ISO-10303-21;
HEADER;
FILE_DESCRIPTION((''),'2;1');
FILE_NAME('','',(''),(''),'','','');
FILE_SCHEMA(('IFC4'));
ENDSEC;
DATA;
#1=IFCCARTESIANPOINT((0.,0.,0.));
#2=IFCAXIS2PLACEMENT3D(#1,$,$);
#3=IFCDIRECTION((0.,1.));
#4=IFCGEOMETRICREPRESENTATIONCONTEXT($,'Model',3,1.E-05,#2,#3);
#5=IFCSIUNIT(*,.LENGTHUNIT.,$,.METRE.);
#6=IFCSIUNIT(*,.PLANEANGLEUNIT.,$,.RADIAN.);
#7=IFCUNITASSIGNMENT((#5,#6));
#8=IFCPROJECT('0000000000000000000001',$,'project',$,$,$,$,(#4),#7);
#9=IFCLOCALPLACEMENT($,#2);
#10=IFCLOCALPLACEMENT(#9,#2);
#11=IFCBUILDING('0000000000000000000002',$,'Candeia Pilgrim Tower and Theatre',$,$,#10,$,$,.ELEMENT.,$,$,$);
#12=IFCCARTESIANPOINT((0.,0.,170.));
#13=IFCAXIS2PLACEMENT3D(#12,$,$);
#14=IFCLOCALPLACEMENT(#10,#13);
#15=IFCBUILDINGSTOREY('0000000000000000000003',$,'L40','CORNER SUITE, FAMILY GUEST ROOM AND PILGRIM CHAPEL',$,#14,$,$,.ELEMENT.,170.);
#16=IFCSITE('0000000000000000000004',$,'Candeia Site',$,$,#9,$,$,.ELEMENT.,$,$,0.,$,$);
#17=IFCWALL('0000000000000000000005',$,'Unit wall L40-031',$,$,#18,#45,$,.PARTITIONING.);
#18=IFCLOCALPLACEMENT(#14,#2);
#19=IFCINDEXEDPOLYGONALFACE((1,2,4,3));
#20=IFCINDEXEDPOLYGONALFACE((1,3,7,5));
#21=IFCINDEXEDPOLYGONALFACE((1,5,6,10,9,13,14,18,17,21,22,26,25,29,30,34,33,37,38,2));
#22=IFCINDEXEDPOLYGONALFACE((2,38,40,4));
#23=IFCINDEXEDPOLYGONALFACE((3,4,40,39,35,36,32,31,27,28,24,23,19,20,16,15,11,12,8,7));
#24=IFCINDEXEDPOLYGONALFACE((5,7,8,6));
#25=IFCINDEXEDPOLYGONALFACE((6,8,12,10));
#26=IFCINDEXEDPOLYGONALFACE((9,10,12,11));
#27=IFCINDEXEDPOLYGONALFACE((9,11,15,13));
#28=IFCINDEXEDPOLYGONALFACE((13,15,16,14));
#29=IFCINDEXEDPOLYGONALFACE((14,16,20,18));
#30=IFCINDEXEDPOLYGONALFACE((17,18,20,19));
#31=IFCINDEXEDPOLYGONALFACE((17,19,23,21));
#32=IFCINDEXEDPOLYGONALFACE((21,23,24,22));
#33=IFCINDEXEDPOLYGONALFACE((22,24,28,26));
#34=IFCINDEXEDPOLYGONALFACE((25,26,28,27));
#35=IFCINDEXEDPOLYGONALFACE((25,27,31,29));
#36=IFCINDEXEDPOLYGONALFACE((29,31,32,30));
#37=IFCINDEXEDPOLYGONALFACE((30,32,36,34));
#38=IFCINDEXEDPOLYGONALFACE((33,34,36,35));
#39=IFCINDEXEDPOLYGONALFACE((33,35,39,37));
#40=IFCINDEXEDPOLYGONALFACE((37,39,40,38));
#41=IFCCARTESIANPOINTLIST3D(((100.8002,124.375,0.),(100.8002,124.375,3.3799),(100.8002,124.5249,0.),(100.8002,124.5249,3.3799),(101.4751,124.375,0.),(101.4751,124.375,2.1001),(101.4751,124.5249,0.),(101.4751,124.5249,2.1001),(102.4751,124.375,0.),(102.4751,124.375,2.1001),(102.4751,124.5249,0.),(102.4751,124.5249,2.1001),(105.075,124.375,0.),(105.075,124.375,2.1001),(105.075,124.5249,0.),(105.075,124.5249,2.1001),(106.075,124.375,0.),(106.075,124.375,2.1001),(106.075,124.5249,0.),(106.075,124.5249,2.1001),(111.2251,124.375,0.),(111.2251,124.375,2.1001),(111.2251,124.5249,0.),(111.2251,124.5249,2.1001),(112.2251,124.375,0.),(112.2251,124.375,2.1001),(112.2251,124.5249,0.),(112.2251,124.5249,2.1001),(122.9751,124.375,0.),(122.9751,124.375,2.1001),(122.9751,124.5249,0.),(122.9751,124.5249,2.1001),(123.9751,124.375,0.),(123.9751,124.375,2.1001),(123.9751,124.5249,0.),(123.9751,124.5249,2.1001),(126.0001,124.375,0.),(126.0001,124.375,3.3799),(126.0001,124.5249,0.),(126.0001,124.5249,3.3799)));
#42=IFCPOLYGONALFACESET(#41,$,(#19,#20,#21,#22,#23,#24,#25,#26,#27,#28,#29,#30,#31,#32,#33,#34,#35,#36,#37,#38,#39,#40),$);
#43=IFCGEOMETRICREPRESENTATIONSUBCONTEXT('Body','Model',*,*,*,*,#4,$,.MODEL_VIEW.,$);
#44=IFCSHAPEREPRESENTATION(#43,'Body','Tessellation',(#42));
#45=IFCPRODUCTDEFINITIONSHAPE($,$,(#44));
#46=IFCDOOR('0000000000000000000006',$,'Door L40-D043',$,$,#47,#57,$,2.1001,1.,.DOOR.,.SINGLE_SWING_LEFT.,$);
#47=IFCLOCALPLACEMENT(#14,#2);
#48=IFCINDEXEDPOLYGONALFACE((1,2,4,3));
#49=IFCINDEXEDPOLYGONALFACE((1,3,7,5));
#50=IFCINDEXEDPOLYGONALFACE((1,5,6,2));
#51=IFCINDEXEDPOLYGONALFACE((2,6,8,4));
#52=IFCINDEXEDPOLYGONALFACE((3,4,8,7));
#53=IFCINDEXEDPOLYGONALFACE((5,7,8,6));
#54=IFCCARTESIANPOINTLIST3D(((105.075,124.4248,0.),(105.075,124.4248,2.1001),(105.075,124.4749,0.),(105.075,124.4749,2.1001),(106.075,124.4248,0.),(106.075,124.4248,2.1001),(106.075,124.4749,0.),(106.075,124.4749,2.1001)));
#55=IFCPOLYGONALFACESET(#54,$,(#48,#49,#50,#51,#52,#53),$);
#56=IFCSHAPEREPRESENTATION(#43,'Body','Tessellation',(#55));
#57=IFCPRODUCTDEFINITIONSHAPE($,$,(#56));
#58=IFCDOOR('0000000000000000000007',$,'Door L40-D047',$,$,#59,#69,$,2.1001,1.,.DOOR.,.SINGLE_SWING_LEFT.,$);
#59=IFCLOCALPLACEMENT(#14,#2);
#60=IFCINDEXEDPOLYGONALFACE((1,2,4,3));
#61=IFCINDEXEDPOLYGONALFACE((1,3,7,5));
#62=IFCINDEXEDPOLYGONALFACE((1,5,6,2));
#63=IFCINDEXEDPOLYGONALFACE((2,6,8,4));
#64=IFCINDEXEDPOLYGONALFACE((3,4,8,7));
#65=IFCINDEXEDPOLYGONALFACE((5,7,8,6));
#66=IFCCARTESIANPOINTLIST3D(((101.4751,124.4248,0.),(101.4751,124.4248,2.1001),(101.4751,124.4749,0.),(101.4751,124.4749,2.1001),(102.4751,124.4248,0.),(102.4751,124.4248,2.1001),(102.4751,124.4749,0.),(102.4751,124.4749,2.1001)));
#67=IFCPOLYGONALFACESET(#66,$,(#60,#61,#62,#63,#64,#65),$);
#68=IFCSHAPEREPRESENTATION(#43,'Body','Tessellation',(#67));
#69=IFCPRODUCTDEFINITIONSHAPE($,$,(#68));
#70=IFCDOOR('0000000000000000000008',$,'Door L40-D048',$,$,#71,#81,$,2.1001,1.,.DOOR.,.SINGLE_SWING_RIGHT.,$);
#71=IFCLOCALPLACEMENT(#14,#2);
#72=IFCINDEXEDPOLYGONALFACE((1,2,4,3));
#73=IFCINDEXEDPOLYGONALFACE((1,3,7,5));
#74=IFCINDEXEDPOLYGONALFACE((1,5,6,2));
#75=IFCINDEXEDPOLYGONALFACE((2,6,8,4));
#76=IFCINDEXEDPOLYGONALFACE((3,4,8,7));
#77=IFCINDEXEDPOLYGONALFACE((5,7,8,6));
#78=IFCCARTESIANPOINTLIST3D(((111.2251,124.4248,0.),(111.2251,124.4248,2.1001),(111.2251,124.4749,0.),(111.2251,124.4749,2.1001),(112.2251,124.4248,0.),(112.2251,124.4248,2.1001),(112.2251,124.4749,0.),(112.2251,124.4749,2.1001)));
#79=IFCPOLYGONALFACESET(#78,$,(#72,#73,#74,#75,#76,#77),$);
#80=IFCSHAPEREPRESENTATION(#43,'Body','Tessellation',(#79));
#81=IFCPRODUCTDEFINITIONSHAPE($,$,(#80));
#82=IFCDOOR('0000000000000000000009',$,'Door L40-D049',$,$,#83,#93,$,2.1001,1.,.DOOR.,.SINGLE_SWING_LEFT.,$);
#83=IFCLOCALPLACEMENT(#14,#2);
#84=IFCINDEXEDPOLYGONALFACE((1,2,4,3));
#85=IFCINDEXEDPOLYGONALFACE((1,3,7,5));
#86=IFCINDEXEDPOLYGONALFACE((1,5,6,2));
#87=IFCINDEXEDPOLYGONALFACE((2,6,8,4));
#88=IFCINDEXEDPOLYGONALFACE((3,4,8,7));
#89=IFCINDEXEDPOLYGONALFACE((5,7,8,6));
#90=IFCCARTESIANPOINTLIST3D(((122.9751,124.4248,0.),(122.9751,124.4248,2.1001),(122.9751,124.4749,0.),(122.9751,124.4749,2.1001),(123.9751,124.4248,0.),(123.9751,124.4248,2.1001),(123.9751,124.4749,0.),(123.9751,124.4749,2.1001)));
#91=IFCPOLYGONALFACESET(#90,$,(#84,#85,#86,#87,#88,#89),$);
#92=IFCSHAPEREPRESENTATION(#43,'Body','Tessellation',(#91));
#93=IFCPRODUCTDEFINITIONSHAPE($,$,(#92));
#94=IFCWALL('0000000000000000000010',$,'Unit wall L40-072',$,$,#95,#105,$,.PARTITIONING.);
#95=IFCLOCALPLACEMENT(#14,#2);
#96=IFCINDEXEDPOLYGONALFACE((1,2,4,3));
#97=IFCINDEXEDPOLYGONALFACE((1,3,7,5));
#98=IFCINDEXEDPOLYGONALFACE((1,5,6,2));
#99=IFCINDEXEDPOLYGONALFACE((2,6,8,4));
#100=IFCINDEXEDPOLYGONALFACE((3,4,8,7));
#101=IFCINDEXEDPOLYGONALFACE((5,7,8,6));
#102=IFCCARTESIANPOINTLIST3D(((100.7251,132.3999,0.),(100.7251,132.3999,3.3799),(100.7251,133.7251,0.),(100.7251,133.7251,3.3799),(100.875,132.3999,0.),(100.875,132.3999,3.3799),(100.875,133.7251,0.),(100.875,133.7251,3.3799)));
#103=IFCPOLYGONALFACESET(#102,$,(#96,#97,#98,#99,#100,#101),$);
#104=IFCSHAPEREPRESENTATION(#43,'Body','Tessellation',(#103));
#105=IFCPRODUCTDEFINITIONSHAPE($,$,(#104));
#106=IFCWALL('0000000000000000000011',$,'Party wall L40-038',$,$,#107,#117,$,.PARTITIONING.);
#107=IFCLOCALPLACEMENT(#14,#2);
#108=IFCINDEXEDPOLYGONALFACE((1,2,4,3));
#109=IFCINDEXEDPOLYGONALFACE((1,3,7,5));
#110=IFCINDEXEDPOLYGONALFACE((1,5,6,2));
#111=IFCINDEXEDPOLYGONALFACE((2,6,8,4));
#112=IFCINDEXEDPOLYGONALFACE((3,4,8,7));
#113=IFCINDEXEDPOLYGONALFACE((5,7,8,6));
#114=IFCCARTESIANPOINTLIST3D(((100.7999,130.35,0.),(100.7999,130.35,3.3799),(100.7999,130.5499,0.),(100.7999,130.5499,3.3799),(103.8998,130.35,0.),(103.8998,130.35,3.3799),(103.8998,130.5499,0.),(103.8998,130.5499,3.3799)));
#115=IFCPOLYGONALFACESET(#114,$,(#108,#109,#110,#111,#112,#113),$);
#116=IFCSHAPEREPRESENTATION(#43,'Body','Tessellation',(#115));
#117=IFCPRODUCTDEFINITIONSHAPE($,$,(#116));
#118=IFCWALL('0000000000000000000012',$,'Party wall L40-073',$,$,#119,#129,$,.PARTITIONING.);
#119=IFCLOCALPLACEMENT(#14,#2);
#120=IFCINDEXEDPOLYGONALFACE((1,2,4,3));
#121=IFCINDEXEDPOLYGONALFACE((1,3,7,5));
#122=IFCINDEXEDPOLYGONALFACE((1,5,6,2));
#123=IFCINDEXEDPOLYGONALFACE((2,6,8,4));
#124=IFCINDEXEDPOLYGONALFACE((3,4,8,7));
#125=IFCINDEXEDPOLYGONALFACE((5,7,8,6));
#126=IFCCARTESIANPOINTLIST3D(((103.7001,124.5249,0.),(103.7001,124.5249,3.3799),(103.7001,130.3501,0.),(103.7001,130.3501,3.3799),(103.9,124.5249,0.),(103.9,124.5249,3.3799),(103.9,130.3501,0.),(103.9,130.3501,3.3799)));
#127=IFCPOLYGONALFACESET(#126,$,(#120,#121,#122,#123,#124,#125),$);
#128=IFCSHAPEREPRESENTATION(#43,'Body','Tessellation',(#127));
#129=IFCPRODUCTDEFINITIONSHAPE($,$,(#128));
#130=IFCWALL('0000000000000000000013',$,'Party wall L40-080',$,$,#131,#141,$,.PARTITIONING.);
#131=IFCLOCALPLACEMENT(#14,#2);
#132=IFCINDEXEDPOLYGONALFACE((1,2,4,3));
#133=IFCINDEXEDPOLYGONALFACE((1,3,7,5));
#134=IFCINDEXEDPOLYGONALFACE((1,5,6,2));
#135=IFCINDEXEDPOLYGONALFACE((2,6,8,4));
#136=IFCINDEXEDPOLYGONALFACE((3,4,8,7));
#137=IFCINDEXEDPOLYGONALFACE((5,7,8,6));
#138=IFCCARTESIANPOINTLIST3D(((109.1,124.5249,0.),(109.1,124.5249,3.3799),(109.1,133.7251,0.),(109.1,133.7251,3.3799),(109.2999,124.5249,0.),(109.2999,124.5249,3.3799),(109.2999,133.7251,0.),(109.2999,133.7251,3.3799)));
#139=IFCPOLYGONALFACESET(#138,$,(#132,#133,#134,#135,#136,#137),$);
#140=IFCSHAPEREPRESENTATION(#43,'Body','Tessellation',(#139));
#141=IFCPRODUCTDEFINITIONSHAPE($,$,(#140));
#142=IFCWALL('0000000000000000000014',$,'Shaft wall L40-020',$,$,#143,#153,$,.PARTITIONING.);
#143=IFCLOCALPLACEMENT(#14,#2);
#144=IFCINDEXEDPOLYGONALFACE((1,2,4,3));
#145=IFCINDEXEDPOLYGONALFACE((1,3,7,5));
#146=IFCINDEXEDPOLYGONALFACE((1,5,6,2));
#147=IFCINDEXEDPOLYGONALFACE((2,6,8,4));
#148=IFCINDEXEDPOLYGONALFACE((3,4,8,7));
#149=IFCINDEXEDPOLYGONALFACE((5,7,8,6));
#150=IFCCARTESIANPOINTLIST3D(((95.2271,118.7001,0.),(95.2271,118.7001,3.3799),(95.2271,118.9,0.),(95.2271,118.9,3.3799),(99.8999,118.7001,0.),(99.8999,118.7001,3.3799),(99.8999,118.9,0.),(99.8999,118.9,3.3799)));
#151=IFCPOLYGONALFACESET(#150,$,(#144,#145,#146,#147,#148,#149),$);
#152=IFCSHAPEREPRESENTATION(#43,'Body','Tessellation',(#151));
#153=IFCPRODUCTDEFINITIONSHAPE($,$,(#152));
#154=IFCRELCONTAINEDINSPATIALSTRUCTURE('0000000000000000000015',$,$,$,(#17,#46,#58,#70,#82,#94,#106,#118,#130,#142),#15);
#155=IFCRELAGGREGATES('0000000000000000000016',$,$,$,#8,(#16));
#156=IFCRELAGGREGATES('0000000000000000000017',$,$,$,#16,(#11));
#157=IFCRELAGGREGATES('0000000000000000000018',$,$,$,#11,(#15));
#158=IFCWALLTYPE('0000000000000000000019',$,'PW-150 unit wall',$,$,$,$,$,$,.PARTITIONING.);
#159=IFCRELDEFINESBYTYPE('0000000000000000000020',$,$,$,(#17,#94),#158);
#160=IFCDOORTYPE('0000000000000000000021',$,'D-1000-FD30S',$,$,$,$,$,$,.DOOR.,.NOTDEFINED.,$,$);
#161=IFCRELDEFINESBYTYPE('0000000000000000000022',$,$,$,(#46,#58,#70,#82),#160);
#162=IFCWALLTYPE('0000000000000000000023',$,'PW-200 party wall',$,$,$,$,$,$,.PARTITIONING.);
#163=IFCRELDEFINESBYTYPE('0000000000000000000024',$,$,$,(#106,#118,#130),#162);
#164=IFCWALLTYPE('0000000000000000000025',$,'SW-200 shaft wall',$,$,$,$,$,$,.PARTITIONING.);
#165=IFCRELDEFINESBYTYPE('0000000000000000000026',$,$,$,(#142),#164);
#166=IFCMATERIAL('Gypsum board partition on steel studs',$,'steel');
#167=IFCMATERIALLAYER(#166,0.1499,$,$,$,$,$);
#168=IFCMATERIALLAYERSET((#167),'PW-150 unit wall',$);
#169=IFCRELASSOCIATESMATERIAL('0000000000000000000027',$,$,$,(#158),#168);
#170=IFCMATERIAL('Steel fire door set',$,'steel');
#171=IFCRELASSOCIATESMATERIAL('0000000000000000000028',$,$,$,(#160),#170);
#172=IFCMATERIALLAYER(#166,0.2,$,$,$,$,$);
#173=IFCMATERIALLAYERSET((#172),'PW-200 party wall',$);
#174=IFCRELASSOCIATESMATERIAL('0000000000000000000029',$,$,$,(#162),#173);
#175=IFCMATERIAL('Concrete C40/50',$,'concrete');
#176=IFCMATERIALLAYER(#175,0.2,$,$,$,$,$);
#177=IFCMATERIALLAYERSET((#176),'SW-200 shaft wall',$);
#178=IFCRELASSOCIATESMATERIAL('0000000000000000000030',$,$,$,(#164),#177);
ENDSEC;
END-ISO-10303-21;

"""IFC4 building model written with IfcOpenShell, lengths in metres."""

from ifc_helpers import new_model, si_unit, direction, frame, frame_2d, origin, place, context, subcontext, project, spatial, rectangle, extrude, material, layer, layer_set, type_object, element, fill, save


model = new_model("IFC4")

# Units and contexts
model_context = context("Model", 3, precision=1e-05, world=origin(), true_north=direction((0.0, 1.0)))
body_context = subcontext(model_context, "Body", "Model", "MODEL_VIEW")
ifc_project = project(units=[si_unit("LENGTHUNIT", "METRE"), si_unit("PLANEANGLEUNIT", "RADIAN")], contexts=[model_context])

# Site, building, storey
site_placement = place(None, origin())
site = spatial("IfcSite", under=ifc_project, at=site_placement, Name="Candeia Site", CompositionType="ELEMENT", RefElevation=0.0)
building_placement = place(site_placement, origin())
building = spatial("IfcBuilding", under=site, at=building_placement, Name="Candeia Pilgrim Tower and Theatre", CompositionType="ELEMENT")
storey_placement = place(building_placement, frame((0.0, 0.0, 170.0)))
storey = spatial("IfcBuildingStorey", under=building, at=storey_placement, Name="L40", Description="CORNER SUITE, FAMILY GUEST ROOM AND PILGRIM CHAPEL", CompositionType="ELEMENT", Elevation=170.0)

# Shared definitions
ifc_material_1 = material(Name="Steel fire door set", Category="steel")
ifc_material_2 = material(Name="Gypsum board partition on steel studs", Category="steel")

# Shared definitions
ifc_layer_1 = layer(ifc_material_2, 0.1499)
ifc_layer_set_1 = layer_set([ifc_layer_1], Name="PW-150 unit wall")
wall_type_1 = type_object("IfcWallType", Name="PW-150 unit wall", PredefinedType="PARTITIONING", material=ifc_layer_set_1)

# Wall, openings, doors
wall_1_placement = place(storey_placement, frame((100.8, 124.45, 0.0), z_axis=(0.0, 0.0, 1.0), x_axis=(1.0, 0.0, 0.0)))
wall_1 = element("IfcWall", 1, at=wall_1_placement, inside=storey, type_object=wall_type_1, Name="Unit wall L40-031", PredefinedType="PARTITIONING", context=body_context, shape_type="SweptSolid", body=[
    extrude(rectangle(XDim=25.2, YDim=0.1499, at=frame_2d((12.6001, 0.0))), origin(), (0.0, 0.0, 1.0), 3.3799),
])
opening_1_placement = place(wall_1_placement, frame((4.2749, 0.0, 0.0)))
opening_1 = element("IfcOpeningElement", 2, at=opening_1_placement, cuts=wall_1, PredefinedType="OPENING", context=body_context, shape_type="SweptSolid", body=[
    extrude(rectangle(XDim=1.0, YDim=2.1001, at=frame_2d((0.5, 1.05))), frame((0.0, 0.085, 0.0), z_axis=(0.0, -1.0, 0.0), x_axis=(1.0, 0.0, 0.0)), (0.0, 0.0, 1.0), 0.1699),
])
opening_2_placement = place(wall_1_placement, frame((0.675, 0.0, 0.0)))
opening_2 = element("IfcOpeningElement", 3, at=opening_2_placement, cuts=wall_1, PredefinedType="OPENING", context=body_context, shape_type="SweptSolid", body=[
    extrude(rectangle(XDim=1.0, YDim=2.1001, at=frame_2d((0.5, 1.05))), frame((0.0, 0.085, 0.0), z_axis=(0.0, -1.0, 0.0), x_axis=(1.0, 0.0, 0.0)), (0.0, 0.0, 1.0), 0.1699),
])
opening_3_placement = place(wall_1_placement, frame((10.425, 0.0, 0.0)))
opening_3 = element("IfcOpeningElement", 4, at=opening_3_placement, cuts=wall_1, PredefinedType="OPENING", context=body_context, shape_type="SweptSolid", body=[
    extrude(rectangle(XDim=1.0, YDim=2.1001, at=frame_2d((0.5, 1.05))), frame((0.0, 0.085, 0.0), z_axis=(0.0, -1.0, 0.0), x_axis=(1.0, 0.0, 0.0)), (0.0, 0.0, 1.0), 0.1699),
])
opening_4_placement = place(wall_1_placement, frame((22.175, 0.0, 0.0)))
opening_4 = element("IfcOpeningElement", 5, at=opening_4_placement, cuts=wall_1, PredefinedType="OPENING", context=body_context, shape_type="SweptSolid", body=[
    extrude(rectangle(XDim=1.0, YDim=2.1001, at=frame_2d((0.5, 1.05))), frame((0.0, 0.085, 0.0), z_axis=(0.0, -1.0, 0.0), x_axis=(1.0, 0.0, 0.0)), (0.0, 0.0, 1.0), 0.1699),
])
door_type_1 = type_object("IfcDoorType", Name="D-1000-FD30S", OperationType="NOTDEFINED", PredefinedType="DOOR", material=ifc_material_1)
door_1_placement = place(opening_1_placement, origin())
door_1 = element("IfcDoor", 6, at=door_1_placement, inside=storey, type_object=door_type_1, Name="Door L40-D043", OperationType="SINGLE_SWING_LEFT", OverallHeight=2.1001, OverallWidth=1.0, PredefinedType="DOOR", context=body_context, shape_type="SweptSolid", body=[
    extrude(rectangle(XDim=1.0, YDim=2.1001, at=frame_2d((0.5, 1.05))), frame((0.0, 0.0249, 0.0), z_axis=(0.0, -1.0, 0.0), x_axis=(1.0, 0.0, 0.0)), (0.0, 0.0, 1.0), 0.05),
])
fill(opening_1, door_1)
door_2_placement = place(opening_2_placement, origin())
door_2 = element("IfcDoor", 7, at=door_2_placement, inside=storey, type_object=door_type_1, Name="Door L40-D047", OperationType="SINGLE_SWING_LEFT", OverallHeight=2.1001, OverallWidth=1.0, PredefinedType="DOOR", context=body_context, shape_type="SweptSolid", body=[
    extrude(rectangle(XDim=1.0, YDim=2.1001, at=frame_2d((0.5, 1.05))), frame((0.0, 0.0249, 0.0), z_axis=(0.0, -1.0, 0.0), x_axis=(1.0, 0.0, 0.0)), (0.0, 0.0, 1.0), 0.05),
])
fill(opening_2, door_2)
door_3_placement = place(opening_3_placement, origin())
door_3 = element("IfcDoor", 8, at=door_3_placement, inside=storey, type_object=door_type_1, Name="Door L40-D048", OperationType="SINGLE_SWING_RIGHT", OverallHeight=2.1001, OverallWidth=1.0, PredefinedType="DOOR", context=body_context, shape_type="SweptSolid", body=[
    extrude(rectangle(XDim=1.0, YDim=2.1001, at=frame_2d((0.5, 1.05))), frame((0.0, 0.0249, 0.0), z_axis=(0.0, -1.0, 0.0), x_axis=(1.0, 0.0, 0.0)), (0.0, 0.0, 1.0), 0.05),
])
fill(opening_3, door_3)
door_4_placement = place(opening_4_placement, origin())
door_4 = element("IfcDoor", 9, at=door_4_placement, inside=storey, type_object=door_type_1, Name="Door L40-D049", OperationType="SINGLE_SWING_LEFT", OverallHeight=2.1001, OverallWidth=1.0, PredefinedType="DOOR", context=body_context, shape_type="SweptSolid", body=[
    extrude(rectangle(XDim=1.0, YDim=2.1001, at=frame_2d((0.5, 1.05))), frame((0.0, 0.0249, 0.0), z_axis=(0.0, -1.0, 0.0), x_axis=(1.0, 0.0, 0.0)), (0.0, 0.0, 1.0), 0.05),
])
fill(opening_4, door_4)

# Walls
wall_2_placement = place(storey_placement, frame((100.8, 132.3999, 0.0), z_axis=(0.0, 0.0, 1.0), x_axis=(0.0, 1.0, 0.0)))
element("IfcWall", 10, at=wall_2_placement, inside=storey, type_object=wall_type_1, Name="Unit wall L40-072", PredefinedType="PARTITIONING", context=body_context, shape_type="SweptSolid", body=[
    extrude(rectangle(XDim=1.3252, YDim=0.1499, at=frame_2d((0.6626, 0.0))), origin(), (0.0, 0.0, 1.0), 3.3799),
])
ifc_layer_2 = layer(ifc_material_2, 0.2)
ifc_layer_set_2 = layer_set([ifc_layer_2], Name="PW-200 party wall")
wall_type_2 = type_object("IfcWallType", Name="PW-200 party wall", PredefinedType="PARTITIONING", material=ifc_layer_set_2)
wall_3_placement = place(storey_placement, frame((100.8, 130.45, 0.0), z_axis=(0.0, 0.0, 1.0), x_axis=(1.0, 0.0, 0.0)))
element("IfcWall", 11, at=wall_3_placement, inside=storey, type_object=wall_type_2, Name="Party wall L40-038", PredefinedType="PARTITIONING", context=body_context, shape_type="SweptSolid", body=[
    extrude(rectangle(XDim=3.0999, YDim=0.2, at=frame_2d((1.5498, 0.0))), origin(), (0.0, 0.0, 1.0), 3.3799),
])
wall_4_placement = place(storey_placement, frame((103.8, 124.5249, 0.0), z_axis=(0.0, 0.0, 1.0), x_axis=(0.0, 1.0, 0.0)))
element("IfcWall", 12, at=wall_4_placement, inside=storey, type_object=wall_type_2, Name="Party wall L40-073", PredefinedType="PARTITIONING", context=body_context, shape_type="SweptSolid", body=[
    extrude(rectangle(XDim=5.8252, YDim=0.2, at=frame_2d((2.9126, 0.0))), origin(), (0.0, 0.0, 1.0), 3.3799),
])
wall_5_placement = place(storey_placement, frame((109.2, 124.5249, 0.0), z_axis=(0.0, 0.0, 1.0), x_axis=(0.0, 1.0, 0.0)))
element("IfcWall", 13, at=wall_5_placement, inside=storey, type_object=wall_type_2, Name="Party wall L40-080", PredefinedType="PARTITIONING", context=body_context, shape_type="SweptSolid", body=[
    extrude(rectangle(XDim=9.2002, YDim=0.2, at=frame_2d((4.6001, 0.0))), origin(), (0.0, 0.0, 1.0), 3.3799),
])
ifc_material_3 = material(Name="Concrete C40/50", Category="concrete")
ifc_layer_3 = layer(ifc_material_3, 0.2)
ifc_layer_set_3 = layer_set([ifc_layer_3], Name="SW-200 shaft wall")
wall_type_3 = type_object("IfcWallType", Name="SW-200 shaft wall", PredefinedType="PARTITIONING", material=ifc_layer_set_3)
wall_6_placement = place(storey_placement, frame((95.2271, 118.8, 0.0), z_axis=(0.0, 0.0, 1.0), x_axis=(1.0, 0.0, 0.0)))
element("IfcWall", 14, at=wall_6_placement, inside=storey, type_object=wall_type_3, Name="Shaft wall L40-020", PredefinedType="PARTITIONING", context=body_context, shape_type="SweptSolid", body=[
    extrude(rectangle(XDim=4.6729, YDim=0.2, at=frame_2d((2.3364, 0.0))), origin(), (0.0, 0.0, 1.0), 3.3799),
])

save(model, "model.ifc")
